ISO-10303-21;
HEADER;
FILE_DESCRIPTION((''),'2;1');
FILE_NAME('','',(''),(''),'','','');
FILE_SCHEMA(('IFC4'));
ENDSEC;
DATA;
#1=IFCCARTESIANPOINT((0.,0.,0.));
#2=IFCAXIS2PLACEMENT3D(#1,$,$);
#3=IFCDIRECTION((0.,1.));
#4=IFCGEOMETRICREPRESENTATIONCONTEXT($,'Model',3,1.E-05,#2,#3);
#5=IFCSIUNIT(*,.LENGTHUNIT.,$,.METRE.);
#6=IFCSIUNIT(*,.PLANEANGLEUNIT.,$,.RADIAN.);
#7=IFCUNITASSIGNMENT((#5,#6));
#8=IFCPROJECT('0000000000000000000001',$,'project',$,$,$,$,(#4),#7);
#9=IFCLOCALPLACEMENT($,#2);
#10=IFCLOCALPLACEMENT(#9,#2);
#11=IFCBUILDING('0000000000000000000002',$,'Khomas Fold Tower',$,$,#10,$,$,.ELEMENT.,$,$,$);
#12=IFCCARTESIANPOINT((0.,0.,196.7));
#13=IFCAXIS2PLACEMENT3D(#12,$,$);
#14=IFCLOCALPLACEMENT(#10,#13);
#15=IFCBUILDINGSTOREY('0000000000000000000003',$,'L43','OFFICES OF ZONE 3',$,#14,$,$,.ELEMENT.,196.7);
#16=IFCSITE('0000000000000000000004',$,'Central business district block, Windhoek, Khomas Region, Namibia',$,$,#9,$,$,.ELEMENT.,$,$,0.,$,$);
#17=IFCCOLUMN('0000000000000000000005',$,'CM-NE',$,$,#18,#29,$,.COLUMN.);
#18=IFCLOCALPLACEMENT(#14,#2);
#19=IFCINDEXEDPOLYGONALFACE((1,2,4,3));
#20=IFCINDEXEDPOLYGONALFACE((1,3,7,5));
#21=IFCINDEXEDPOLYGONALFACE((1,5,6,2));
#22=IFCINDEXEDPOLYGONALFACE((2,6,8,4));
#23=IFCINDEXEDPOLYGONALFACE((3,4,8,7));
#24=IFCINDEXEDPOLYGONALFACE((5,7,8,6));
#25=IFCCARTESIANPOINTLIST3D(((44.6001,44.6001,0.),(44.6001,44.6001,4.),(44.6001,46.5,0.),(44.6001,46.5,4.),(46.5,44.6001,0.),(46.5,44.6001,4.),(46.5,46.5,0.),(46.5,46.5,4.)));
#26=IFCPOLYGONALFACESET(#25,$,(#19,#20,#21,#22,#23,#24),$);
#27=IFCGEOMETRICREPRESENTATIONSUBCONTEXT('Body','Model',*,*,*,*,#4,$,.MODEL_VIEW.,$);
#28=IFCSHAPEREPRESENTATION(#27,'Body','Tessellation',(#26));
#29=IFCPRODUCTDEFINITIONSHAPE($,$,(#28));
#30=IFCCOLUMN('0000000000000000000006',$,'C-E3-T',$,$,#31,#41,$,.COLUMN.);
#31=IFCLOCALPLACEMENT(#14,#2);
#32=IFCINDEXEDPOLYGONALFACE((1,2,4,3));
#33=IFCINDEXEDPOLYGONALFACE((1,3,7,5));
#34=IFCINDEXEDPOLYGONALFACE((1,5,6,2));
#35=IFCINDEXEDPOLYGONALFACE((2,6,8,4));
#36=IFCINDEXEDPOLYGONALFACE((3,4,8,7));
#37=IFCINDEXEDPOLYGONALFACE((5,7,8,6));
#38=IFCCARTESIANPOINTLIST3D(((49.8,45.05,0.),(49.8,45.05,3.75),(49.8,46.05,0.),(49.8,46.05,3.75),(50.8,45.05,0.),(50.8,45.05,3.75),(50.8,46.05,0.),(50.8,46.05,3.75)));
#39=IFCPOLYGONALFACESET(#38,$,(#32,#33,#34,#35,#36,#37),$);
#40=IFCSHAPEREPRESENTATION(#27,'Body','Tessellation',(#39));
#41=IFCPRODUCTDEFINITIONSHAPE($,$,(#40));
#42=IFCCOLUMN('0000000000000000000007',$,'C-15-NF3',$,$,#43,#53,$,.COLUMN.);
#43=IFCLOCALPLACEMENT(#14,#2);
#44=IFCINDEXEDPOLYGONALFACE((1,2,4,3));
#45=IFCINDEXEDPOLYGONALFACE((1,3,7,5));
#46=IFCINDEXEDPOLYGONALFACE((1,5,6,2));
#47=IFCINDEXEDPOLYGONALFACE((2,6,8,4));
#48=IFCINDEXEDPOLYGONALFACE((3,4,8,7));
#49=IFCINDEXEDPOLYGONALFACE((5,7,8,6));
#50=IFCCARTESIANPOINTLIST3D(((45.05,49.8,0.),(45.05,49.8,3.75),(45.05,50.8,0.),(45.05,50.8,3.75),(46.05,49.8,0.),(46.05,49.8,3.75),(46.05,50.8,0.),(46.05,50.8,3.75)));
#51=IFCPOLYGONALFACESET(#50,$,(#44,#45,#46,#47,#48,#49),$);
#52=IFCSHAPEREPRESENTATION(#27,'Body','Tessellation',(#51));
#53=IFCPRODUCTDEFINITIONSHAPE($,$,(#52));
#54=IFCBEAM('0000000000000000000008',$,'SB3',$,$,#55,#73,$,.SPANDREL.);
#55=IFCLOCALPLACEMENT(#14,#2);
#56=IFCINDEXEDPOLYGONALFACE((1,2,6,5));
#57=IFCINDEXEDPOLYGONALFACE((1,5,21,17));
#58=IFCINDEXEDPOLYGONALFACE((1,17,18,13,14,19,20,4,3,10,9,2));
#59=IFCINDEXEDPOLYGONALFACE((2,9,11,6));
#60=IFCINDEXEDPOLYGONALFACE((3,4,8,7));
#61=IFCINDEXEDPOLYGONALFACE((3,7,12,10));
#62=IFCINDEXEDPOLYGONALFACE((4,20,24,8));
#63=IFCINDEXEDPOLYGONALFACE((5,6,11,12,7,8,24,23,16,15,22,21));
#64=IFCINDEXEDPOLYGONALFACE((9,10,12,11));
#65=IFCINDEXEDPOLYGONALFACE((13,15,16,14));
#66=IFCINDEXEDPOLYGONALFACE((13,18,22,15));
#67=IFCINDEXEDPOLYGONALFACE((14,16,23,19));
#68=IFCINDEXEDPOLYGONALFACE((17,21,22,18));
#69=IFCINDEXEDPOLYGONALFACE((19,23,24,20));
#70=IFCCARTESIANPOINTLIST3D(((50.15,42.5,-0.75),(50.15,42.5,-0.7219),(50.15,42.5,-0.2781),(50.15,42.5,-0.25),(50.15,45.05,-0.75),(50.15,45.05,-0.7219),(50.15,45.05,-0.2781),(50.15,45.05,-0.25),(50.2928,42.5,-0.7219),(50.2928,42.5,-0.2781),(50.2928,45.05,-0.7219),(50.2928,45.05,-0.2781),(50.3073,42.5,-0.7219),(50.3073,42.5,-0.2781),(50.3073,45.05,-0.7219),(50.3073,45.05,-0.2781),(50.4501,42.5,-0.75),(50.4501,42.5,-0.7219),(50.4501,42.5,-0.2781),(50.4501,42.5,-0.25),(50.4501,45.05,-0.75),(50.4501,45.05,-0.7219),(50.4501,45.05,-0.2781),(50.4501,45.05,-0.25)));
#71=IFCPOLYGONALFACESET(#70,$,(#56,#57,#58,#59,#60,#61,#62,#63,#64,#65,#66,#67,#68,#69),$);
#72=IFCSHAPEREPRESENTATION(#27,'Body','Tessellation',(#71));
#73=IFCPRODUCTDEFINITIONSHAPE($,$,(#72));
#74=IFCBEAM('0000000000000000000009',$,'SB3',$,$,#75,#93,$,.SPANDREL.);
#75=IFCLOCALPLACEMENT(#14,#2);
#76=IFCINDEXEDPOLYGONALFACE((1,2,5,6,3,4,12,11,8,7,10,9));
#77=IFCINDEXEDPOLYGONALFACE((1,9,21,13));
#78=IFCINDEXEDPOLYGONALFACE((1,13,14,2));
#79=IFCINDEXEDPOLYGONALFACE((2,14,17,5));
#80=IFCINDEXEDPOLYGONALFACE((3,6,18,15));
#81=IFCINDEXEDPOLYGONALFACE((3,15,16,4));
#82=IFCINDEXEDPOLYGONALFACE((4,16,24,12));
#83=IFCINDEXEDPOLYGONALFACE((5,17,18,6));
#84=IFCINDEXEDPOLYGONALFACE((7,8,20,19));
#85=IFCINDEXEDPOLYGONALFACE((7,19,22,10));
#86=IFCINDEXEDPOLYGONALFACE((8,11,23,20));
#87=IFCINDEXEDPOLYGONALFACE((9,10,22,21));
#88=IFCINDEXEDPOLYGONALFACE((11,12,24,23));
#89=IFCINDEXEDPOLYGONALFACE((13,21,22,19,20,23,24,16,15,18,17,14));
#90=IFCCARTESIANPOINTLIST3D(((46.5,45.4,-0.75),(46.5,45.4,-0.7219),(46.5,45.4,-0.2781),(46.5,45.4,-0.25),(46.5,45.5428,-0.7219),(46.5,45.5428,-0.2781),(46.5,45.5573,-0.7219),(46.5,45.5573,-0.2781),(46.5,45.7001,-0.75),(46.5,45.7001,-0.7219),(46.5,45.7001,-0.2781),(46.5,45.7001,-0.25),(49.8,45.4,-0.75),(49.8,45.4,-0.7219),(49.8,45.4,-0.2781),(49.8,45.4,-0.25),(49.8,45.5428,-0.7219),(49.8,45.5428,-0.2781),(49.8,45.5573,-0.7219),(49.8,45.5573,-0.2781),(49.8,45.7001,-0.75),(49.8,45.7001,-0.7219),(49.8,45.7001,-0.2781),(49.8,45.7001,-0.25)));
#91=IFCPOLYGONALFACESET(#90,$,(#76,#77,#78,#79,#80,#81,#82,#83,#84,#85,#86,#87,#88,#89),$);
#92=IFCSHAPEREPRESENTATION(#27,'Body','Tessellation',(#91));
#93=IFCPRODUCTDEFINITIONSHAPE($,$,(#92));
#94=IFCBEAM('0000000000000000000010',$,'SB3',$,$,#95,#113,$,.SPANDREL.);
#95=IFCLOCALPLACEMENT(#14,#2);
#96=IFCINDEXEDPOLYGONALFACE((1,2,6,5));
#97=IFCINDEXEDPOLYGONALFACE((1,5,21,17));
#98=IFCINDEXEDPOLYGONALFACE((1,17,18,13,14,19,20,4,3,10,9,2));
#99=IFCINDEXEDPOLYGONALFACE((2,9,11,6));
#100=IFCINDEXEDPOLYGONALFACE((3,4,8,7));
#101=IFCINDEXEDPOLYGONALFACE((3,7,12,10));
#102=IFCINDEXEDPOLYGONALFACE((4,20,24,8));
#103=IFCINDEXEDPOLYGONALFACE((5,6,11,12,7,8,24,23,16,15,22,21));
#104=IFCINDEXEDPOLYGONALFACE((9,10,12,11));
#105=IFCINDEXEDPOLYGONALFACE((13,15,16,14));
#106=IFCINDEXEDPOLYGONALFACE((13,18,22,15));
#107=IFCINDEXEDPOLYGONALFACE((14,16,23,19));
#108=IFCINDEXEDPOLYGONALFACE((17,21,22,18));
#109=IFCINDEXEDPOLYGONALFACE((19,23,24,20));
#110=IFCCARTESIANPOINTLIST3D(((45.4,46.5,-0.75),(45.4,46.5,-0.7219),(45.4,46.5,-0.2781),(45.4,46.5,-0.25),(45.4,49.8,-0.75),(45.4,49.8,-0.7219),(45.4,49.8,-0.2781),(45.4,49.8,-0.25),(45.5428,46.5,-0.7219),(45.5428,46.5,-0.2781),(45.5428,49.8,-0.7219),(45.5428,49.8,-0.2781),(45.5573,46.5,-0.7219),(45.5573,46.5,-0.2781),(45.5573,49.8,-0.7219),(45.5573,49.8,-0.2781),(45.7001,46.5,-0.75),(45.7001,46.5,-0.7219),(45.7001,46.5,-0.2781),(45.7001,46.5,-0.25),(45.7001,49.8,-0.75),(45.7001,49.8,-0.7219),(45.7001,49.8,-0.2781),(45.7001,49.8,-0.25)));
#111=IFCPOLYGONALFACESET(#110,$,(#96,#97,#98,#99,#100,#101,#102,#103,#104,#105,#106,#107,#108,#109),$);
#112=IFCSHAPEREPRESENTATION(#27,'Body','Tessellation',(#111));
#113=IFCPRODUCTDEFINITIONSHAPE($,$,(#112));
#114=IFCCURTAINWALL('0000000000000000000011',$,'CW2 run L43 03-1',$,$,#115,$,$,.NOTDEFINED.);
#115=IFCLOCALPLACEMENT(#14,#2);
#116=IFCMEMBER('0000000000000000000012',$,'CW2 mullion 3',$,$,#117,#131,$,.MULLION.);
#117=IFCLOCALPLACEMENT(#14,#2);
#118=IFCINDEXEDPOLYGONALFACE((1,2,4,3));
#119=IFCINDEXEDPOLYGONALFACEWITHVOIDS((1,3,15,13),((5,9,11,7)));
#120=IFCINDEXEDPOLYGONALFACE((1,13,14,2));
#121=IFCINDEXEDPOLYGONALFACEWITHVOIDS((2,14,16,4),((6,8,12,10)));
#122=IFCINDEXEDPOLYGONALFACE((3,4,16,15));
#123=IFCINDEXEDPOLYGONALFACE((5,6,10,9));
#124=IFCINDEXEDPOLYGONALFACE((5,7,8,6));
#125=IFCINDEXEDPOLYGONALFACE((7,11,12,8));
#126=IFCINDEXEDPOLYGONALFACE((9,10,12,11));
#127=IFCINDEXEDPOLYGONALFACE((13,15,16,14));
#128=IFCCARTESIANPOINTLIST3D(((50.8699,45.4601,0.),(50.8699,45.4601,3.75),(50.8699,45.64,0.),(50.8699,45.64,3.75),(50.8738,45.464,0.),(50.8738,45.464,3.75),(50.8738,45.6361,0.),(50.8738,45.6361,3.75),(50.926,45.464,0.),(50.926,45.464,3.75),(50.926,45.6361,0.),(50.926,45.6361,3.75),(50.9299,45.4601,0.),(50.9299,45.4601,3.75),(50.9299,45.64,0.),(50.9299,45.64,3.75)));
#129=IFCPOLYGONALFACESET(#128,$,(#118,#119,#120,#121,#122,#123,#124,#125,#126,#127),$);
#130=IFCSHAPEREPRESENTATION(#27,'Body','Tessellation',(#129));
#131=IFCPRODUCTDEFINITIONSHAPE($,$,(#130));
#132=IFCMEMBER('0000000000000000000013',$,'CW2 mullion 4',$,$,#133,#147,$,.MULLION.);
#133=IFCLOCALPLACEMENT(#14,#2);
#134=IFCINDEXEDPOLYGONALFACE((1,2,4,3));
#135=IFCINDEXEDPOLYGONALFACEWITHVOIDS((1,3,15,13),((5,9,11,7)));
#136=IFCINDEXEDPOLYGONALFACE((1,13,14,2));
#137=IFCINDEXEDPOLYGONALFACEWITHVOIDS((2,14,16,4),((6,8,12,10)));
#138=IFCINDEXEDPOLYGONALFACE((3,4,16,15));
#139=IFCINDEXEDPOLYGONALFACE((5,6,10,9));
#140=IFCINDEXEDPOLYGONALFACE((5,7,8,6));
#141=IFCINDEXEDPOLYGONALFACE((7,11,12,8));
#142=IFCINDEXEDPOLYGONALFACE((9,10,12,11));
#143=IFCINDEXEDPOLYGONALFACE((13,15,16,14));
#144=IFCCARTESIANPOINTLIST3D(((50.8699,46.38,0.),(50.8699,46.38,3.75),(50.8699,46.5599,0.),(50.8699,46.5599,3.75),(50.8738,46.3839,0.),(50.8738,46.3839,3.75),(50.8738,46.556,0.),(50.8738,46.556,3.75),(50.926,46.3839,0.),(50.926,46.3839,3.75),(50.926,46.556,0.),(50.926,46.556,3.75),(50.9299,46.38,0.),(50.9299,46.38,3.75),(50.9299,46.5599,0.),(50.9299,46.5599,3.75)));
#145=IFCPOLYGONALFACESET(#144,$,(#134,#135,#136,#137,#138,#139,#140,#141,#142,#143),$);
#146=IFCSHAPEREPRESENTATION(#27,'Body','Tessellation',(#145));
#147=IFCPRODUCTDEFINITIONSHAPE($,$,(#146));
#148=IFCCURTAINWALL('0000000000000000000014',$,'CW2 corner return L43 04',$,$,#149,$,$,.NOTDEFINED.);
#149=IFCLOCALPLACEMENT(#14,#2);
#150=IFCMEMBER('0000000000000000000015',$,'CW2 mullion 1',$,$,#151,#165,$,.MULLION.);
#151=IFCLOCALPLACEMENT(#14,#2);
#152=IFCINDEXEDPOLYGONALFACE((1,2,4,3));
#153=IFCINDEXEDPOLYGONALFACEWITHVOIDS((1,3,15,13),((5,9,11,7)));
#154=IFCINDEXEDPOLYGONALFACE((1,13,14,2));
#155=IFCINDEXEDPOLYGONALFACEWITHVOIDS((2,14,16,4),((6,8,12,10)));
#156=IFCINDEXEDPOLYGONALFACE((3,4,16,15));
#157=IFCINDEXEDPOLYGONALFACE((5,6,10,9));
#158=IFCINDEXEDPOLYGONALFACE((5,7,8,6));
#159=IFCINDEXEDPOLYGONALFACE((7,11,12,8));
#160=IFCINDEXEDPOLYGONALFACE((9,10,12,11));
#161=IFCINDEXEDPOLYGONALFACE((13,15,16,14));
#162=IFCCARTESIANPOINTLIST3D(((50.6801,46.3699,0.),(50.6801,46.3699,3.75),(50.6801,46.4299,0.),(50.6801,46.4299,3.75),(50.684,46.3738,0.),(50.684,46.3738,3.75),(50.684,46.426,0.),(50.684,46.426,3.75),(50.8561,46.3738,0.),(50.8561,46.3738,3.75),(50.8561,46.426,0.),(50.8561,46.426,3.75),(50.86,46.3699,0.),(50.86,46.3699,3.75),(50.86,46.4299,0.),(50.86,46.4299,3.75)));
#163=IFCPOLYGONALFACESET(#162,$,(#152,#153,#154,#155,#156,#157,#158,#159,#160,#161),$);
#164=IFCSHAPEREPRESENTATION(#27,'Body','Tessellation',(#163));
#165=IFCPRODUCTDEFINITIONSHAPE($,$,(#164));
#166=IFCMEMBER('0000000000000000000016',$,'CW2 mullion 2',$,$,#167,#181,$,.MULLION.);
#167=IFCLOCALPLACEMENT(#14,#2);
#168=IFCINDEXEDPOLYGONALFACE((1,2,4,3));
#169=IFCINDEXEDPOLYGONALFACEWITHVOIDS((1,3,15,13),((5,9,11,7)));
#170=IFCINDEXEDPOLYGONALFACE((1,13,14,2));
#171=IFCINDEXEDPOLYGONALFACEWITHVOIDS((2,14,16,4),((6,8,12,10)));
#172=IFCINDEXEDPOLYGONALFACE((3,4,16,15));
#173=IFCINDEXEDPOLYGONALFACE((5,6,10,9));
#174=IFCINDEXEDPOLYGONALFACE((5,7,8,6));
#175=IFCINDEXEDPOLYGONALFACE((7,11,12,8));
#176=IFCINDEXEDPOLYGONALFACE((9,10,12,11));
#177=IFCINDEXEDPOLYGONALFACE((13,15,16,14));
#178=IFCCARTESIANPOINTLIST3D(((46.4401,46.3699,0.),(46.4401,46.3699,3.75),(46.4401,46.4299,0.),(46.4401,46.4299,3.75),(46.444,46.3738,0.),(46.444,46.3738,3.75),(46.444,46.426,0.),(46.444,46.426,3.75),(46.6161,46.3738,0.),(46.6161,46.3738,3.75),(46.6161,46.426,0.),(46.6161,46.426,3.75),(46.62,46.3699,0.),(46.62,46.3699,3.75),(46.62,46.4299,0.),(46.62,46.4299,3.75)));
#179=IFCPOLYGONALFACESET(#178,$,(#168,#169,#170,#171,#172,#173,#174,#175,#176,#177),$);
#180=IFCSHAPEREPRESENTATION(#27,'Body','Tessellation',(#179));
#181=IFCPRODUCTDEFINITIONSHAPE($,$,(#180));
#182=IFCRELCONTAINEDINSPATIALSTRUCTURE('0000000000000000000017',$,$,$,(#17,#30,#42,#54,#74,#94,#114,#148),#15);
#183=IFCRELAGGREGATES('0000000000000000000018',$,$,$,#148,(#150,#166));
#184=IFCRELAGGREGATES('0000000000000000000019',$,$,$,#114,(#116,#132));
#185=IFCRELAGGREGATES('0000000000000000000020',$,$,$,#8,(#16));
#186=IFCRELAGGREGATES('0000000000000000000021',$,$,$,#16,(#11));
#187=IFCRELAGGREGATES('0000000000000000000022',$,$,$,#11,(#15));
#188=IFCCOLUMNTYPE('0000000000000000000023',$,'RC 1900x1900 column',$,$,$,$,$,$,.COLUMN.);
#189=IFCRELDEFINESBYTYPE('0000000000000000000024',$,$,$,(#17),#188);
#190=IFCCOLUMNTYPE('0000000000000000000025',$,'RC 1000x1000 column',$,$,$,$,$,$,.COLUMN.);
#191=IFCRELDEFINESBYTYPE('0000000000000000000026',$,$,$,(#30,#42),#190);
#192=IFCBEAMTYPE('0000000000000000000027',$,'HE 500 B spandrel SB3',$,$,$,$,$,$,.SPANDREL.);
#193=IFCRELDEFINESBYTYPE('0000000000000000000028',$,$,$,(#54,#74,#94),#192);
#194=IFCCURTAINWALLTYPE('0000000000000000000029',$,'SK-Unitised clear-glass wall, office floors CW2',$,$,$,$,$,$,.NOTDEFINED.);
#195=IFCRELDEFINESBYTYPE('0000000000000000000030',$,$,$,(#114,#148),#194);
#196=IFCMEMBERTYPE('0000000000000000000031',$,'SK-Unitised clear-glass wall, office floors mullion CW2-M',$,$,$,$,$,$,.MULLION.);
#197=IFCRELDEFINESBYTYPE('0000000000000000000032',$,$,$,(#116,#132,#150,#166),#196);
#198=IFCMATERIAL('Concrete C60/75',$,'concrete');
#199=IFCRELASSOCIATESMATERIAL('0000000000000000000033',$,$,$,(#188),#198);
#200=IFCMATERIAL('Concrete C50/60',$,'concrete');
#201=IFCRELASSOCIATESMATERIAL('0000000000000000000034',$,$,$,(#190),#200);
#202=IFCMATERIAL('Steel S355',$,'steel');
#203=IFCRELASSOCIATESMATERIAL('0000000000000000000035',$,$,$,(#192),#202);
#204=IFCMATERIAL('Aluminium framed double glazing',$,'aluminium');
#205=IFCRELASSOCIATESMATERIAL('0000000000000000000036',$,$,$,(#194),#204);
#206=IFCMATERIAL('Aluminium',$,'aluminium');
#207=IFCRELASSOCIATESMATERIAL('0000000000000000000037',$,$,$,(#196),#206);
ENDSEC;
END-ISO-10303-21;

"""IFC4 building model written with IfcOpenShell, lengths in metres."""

from ifc_helpers import new_model, si_unit, direction, frame, origin, origin_2d, place, context, subcontext, project, spatial, rectangle, hollow_rectangle, i_section, extrude, source, transform, mapped, material, material_profile, profile_set, type_object, element, aggregate, save


model = new_model("IFC4")

# Units and contexts
model_context = context("Model", 3, precision=1e-05, world=origin(), true_north=direction((0.0, 1.0)))
body_context = subcontext(model_context, "Body", "Model", "MODEL_VIEW")
ifc_project = project(units=[si_unit("LENGTHUNIT", "METRE"), si_unit("PLANEANGLEUNIT", "RADIAN")], contexts=[model_context])

# Site, building, storey
site_placement = place(None, origin())
site = spatial("IfcSite", under=ifc_project, at=site_placement, Name="Central business district block, Windhoek, Khomas Region, Namibia", CompositionType="ELEMENT", RefElevation=0.0)
building_placement = place(site_placement, origin())
building = spatial("IfcBuilding", under=site, at=building_placement, Name="Khomas Fold Tower", CompositionType="ELEMENT")
storey_placement = place(building_placement, frame((0.0, 0.0, 196.7)))
storey = spatial("IfcBuildingStorey", under=building, at=storey_placement, Name="L43", Description="OFFICES OF ZONE 3", CompositionType="ELEMENT", Elevation=196.7)

# Columns
ifc_material_1 = material(Name="Concrete C60/75", Category="concrete")
ifc_material_profile_1 = material_profile(ifc_material_1, rectangle(XDim=1.8999, YDim=1.8999, at=origin_2d()), Name="RC 1900x1900")
ifc_profile_set_1 = profile_set([ifc_material_profile_1], Name="Concrete C60/75")
column_type_1 = type_object("IfcColumnType", Name="RC 1900x1900 column", PredefinedType="COLUMN", material=ifc_profile_set_1)
shared_shape_1 = source(origin(), body_context, "Body", "SweptSolid", [
    extrude(rectangle(XDim=1.8999, YDim=1.8999, at=origin_2d()), origin(), (0.0, 0.0, 1.0), 4.0),
])
column_placement = place(storey_placement, frame((45.55, 45.55, 0.0), z_axis=(0.0, 0.0, 1.0), x_axis=(1.0, 0.0, 0.0)))
element("IfcColumn", 1, at=column_placement, inside=storey, type_object=column_type_1, Name="CM-NE", PredefinedType="COLUMN", context=body_context, shape_type="MappedRepresentation", body=[
    mapped(shared_shape_1, transform((0.0, 0.0, 0.0))),
])
ifc_material_2 = material(Name="Concrete C50/60", Category="concrete")
ifc_material_profile_2 = material_profile(ifc_material_2, rectangle(XDim=1.0, YDim=1.0, at=origin_2d()), Name="RC 1000x1000")
ifc_profile_set_2 = profile_set([ifc_material_profile_2], Name="Concrete C50/60")
column_type_2 = type_object("IfcColumnType", Name="RC 1000x1000 column", PredefinedType="COLUMN", material=ifc_profile_set_2)
shared_shape_2 = source(origin(), body_context, "Body", "SweptSolid", [
    extrude(rectangle(XDim=1.0, YDim=1.0, at=origin_2d()), origin(), (0.0, 0.0, 1.0), 3.75),
])
for number, where, z_axis, x_axis, name in (
    (2, (50.3, 45.55, 0.0), (0.0, 0.0, 1.0), (1.0, 0.0, 0.0), "C-E3-T"),
    (3, (45.55, 50.3, 0.0), (0.0, 0.0, 1.0), (1.0, 0.0, 0.0), "C-15-NF3"),
):
    element("IfcColumn", number, at=place(storey_placement, frame(where, z_axis=z_axis, x_axis=x_axis)), inside=storey, type_object=column_type_2, Name=name, PredefinedType="COLUMN", context=body_context, shape_type="MappedRepresentation", body=[
        mapped(shared_shape_2, transform((0.0, 0.0, 0.0))),
    ])

# Beams
ifc_material_3 = material(Name="Steel S355", Category="steel")
ifc_material_profile_3 = material_profile(ifc_material_3, i_section(OverallWidth=0.3, OverallDepth=0.5, WebThickness=0.0144, FlangeThickness=0.0281, at=origin_2d()), Name="HE 500 B")
ifc_profile_set_3 = profile_set([ifc_material_profile_3], Name="Steel S355")
beam_type = type_object("IfcBeamType", Name="HE 500 B spandrel SB3", PredefinedType="SPANDREL", material=ifc_profile_set_3)
shared_shape_3 = source(origin(), body_context, "Body", "SweptSolid", [
    extrude(i_section(OverallWidth=0.3, OverallDepth=0.5, WebThickness=0.0144, FlangeThickness=0.0281, at=origin_2d()), origin(), (0.0, 0.0, 1.0), 2.55),
])
beam_placement = place(storey_placement, frame((50.3, 42.5, -0.5), z_axis=(0.0, 1.0, 0.0), x_axis=(-1.0, 0.0, 0.0)))
element("IfcBeam", 4, at=beam_placement, inside=storey, type_object=beam_type, Name="SB3", PredefinedType="SPANDREL", context=body_context, shape_type="MappedRepresentation", body=[
    mapped(shared_shape_3, transform((0.0, 0.0, 0.0))),
])
shared_shape_4 = source(origin(), body_context, "Body", "SweptSolid", [
    extrude(i_section(OverallWidth=0.3, OverallDepth=0.5, WebThickness=0.0144, FlangeThickness=0.0281, at=origin_2d()), origin(), (0.0, 0.0, 1.0), 3.3),
])
for number, where, z_axis, x_axis, name in (
    (5, (46.5, 45.55, -0.5), (1.0, 0.0, 0.0), (0.0, 1.0, 0.0), "SB3"),
    (6, (45.55, 46.5, -0.5), (0.0, 1.0, 0.0), (-1.0, 0.0, 0.0), "SB3"),
):
    element("IfcBeam", number, at=place(storey_placement, frame(where, z_axis=z_axis, x_axis=x_axis)), inside=storey, type_object=beam_type, Name=name, PredefinedType="SPANDREL", context=body_context, shape_type="MappedRepresentation", body=[
        mapped(shared_shape_4, transform((0.0, 0.0, 0.0))),
    ])

# Curtain walls, members
ifc_material_4 = material(Name="Aluminium framed double glazing", Category="aluminium")
curtain_wall_type = type_object("IfcCurtainWallType", Name="SK-Unitised clear-glass wall, office floors CW2", PredefinedType="NOTDEFINED", material=ifc_material_4)
curtain_wall_1_placement = place(storey_placement, origin())
curtain_wall_1 = element("IfcCurtainWall", 7, at=curtain_wall_1_placement, inside=storey, type_object=curtain_wall_type, Name="CW2 run L43 03-1", PredefinedType="NOTDEFINED")
ifc_material_5 = material(Name="Aluminium", Category="aluminium")
ifc_material_profile_4 = material_profile(ifc_material_5, hollow_rectangle(XDim=0.0601, YDim=0.1799, WallThickness=0.0039, at=origin_2d()), Name="SK-Unitised clear-glass wall, office floors mullion CW2-M")
ifc_profile_set_4 = profile_set([ifc_material_profile_4], Name="Aluminium")
member_type_1 = type_object("IfcMemberType", Name="SK-Unitised clear-glass wall, office floors mullion CW2-M", PredefinedType="MULLION", material=ifc_profile_set_4)
shared_shape_5 = source(origin(), body_context, "Body", "SweptSolid", [
    extrude(hollow_rectangle(XDim=0.0601, YDim=0.1799, WallThickness=0.0039, at=origin_2d()), origin(), (0.0, 0.0, 1.0), 3.75),
])
member_1_placement = place(storey_placement, frame((50.8999, 45.55, 0.0), z_axis=(0.0, 0.0, 1.0), x_axis=(-1.0, 0.0, 0.0)))
member_1 = element("IfcMember", 8, at=member_1_placement, type_object=member_type_1, Name="CW2 mullion 3", PredefinedType="MULLION", context=body_context, shape_type="MappedRepresentation", body=[
    mapped(shared_shape_5, transform((0.0, 0.0, 0.0))),
])
member_2_placement = place(storey_placement, frame((50.8999, 46.47, 0.0), z_axis=(0.0, 0.0, 1.0), x_axis=(-1.0, 0.0, 0.0)))
member_2 = element("IfcMember", 9, at=member_2_placement, type_object=member_type_1, Name="CW2 mullion 4", PredefinedType="MULLION", context=body_context, shape_type="MappedRepresentation", body=[
    mapped(shared_shape_5, transform((0.0, 0.0, 0.0))),
])
curtain_wall_2_placement = place(storey_placement, origin())
curtain_wall_2 = element("IfcCurtainWall", 10, at=curtain_wall_2_placement, inside=storey, type_object=curtain_wall_type, Name="CW2 corner return L43 04", PredefinedType="NOTDEFINED")
member_3_placement = place(storey_placement, frame((50.77, 46.3999, 0.0), z_axis=(0.0, 0.0, 1.0), x_axis=(0.0, -1.0, 0.0)))
member_3 = element("IfcMember", 11, at=member_3_placement, type_object=member_type_1, Name="CW2 mullion 1", PredefinedType="MULLION", context=body_context, shape_type="MappedRepresentation", body=[
    mapped(shared_shape_5, transform((0.0, 0.0, 0.0))),
])
member_4_placement = place(storey_placement, frame((46.53, 46.3999, 0.0), z_axis=(0.0, 0.0, 1.0), x_axis=(0.0, -1.0, 0.0)))
member_4 = element("IfcMember", 12, at=member_4_placement, type_object=member_type_1, Name="CW2 mullion 2", PredefinedType="MULLION", context=body_context, shape_type="MappedRepresentation", body=[
    mapped(shared_shape_5, transform((0.0, 0.0, 0.0))),
])

aggregate(curtain_wall_2, [member_3, member_4])
aggregate(curtain_wall_1, [member_1, member_2])

save(model, "model.ifc")
